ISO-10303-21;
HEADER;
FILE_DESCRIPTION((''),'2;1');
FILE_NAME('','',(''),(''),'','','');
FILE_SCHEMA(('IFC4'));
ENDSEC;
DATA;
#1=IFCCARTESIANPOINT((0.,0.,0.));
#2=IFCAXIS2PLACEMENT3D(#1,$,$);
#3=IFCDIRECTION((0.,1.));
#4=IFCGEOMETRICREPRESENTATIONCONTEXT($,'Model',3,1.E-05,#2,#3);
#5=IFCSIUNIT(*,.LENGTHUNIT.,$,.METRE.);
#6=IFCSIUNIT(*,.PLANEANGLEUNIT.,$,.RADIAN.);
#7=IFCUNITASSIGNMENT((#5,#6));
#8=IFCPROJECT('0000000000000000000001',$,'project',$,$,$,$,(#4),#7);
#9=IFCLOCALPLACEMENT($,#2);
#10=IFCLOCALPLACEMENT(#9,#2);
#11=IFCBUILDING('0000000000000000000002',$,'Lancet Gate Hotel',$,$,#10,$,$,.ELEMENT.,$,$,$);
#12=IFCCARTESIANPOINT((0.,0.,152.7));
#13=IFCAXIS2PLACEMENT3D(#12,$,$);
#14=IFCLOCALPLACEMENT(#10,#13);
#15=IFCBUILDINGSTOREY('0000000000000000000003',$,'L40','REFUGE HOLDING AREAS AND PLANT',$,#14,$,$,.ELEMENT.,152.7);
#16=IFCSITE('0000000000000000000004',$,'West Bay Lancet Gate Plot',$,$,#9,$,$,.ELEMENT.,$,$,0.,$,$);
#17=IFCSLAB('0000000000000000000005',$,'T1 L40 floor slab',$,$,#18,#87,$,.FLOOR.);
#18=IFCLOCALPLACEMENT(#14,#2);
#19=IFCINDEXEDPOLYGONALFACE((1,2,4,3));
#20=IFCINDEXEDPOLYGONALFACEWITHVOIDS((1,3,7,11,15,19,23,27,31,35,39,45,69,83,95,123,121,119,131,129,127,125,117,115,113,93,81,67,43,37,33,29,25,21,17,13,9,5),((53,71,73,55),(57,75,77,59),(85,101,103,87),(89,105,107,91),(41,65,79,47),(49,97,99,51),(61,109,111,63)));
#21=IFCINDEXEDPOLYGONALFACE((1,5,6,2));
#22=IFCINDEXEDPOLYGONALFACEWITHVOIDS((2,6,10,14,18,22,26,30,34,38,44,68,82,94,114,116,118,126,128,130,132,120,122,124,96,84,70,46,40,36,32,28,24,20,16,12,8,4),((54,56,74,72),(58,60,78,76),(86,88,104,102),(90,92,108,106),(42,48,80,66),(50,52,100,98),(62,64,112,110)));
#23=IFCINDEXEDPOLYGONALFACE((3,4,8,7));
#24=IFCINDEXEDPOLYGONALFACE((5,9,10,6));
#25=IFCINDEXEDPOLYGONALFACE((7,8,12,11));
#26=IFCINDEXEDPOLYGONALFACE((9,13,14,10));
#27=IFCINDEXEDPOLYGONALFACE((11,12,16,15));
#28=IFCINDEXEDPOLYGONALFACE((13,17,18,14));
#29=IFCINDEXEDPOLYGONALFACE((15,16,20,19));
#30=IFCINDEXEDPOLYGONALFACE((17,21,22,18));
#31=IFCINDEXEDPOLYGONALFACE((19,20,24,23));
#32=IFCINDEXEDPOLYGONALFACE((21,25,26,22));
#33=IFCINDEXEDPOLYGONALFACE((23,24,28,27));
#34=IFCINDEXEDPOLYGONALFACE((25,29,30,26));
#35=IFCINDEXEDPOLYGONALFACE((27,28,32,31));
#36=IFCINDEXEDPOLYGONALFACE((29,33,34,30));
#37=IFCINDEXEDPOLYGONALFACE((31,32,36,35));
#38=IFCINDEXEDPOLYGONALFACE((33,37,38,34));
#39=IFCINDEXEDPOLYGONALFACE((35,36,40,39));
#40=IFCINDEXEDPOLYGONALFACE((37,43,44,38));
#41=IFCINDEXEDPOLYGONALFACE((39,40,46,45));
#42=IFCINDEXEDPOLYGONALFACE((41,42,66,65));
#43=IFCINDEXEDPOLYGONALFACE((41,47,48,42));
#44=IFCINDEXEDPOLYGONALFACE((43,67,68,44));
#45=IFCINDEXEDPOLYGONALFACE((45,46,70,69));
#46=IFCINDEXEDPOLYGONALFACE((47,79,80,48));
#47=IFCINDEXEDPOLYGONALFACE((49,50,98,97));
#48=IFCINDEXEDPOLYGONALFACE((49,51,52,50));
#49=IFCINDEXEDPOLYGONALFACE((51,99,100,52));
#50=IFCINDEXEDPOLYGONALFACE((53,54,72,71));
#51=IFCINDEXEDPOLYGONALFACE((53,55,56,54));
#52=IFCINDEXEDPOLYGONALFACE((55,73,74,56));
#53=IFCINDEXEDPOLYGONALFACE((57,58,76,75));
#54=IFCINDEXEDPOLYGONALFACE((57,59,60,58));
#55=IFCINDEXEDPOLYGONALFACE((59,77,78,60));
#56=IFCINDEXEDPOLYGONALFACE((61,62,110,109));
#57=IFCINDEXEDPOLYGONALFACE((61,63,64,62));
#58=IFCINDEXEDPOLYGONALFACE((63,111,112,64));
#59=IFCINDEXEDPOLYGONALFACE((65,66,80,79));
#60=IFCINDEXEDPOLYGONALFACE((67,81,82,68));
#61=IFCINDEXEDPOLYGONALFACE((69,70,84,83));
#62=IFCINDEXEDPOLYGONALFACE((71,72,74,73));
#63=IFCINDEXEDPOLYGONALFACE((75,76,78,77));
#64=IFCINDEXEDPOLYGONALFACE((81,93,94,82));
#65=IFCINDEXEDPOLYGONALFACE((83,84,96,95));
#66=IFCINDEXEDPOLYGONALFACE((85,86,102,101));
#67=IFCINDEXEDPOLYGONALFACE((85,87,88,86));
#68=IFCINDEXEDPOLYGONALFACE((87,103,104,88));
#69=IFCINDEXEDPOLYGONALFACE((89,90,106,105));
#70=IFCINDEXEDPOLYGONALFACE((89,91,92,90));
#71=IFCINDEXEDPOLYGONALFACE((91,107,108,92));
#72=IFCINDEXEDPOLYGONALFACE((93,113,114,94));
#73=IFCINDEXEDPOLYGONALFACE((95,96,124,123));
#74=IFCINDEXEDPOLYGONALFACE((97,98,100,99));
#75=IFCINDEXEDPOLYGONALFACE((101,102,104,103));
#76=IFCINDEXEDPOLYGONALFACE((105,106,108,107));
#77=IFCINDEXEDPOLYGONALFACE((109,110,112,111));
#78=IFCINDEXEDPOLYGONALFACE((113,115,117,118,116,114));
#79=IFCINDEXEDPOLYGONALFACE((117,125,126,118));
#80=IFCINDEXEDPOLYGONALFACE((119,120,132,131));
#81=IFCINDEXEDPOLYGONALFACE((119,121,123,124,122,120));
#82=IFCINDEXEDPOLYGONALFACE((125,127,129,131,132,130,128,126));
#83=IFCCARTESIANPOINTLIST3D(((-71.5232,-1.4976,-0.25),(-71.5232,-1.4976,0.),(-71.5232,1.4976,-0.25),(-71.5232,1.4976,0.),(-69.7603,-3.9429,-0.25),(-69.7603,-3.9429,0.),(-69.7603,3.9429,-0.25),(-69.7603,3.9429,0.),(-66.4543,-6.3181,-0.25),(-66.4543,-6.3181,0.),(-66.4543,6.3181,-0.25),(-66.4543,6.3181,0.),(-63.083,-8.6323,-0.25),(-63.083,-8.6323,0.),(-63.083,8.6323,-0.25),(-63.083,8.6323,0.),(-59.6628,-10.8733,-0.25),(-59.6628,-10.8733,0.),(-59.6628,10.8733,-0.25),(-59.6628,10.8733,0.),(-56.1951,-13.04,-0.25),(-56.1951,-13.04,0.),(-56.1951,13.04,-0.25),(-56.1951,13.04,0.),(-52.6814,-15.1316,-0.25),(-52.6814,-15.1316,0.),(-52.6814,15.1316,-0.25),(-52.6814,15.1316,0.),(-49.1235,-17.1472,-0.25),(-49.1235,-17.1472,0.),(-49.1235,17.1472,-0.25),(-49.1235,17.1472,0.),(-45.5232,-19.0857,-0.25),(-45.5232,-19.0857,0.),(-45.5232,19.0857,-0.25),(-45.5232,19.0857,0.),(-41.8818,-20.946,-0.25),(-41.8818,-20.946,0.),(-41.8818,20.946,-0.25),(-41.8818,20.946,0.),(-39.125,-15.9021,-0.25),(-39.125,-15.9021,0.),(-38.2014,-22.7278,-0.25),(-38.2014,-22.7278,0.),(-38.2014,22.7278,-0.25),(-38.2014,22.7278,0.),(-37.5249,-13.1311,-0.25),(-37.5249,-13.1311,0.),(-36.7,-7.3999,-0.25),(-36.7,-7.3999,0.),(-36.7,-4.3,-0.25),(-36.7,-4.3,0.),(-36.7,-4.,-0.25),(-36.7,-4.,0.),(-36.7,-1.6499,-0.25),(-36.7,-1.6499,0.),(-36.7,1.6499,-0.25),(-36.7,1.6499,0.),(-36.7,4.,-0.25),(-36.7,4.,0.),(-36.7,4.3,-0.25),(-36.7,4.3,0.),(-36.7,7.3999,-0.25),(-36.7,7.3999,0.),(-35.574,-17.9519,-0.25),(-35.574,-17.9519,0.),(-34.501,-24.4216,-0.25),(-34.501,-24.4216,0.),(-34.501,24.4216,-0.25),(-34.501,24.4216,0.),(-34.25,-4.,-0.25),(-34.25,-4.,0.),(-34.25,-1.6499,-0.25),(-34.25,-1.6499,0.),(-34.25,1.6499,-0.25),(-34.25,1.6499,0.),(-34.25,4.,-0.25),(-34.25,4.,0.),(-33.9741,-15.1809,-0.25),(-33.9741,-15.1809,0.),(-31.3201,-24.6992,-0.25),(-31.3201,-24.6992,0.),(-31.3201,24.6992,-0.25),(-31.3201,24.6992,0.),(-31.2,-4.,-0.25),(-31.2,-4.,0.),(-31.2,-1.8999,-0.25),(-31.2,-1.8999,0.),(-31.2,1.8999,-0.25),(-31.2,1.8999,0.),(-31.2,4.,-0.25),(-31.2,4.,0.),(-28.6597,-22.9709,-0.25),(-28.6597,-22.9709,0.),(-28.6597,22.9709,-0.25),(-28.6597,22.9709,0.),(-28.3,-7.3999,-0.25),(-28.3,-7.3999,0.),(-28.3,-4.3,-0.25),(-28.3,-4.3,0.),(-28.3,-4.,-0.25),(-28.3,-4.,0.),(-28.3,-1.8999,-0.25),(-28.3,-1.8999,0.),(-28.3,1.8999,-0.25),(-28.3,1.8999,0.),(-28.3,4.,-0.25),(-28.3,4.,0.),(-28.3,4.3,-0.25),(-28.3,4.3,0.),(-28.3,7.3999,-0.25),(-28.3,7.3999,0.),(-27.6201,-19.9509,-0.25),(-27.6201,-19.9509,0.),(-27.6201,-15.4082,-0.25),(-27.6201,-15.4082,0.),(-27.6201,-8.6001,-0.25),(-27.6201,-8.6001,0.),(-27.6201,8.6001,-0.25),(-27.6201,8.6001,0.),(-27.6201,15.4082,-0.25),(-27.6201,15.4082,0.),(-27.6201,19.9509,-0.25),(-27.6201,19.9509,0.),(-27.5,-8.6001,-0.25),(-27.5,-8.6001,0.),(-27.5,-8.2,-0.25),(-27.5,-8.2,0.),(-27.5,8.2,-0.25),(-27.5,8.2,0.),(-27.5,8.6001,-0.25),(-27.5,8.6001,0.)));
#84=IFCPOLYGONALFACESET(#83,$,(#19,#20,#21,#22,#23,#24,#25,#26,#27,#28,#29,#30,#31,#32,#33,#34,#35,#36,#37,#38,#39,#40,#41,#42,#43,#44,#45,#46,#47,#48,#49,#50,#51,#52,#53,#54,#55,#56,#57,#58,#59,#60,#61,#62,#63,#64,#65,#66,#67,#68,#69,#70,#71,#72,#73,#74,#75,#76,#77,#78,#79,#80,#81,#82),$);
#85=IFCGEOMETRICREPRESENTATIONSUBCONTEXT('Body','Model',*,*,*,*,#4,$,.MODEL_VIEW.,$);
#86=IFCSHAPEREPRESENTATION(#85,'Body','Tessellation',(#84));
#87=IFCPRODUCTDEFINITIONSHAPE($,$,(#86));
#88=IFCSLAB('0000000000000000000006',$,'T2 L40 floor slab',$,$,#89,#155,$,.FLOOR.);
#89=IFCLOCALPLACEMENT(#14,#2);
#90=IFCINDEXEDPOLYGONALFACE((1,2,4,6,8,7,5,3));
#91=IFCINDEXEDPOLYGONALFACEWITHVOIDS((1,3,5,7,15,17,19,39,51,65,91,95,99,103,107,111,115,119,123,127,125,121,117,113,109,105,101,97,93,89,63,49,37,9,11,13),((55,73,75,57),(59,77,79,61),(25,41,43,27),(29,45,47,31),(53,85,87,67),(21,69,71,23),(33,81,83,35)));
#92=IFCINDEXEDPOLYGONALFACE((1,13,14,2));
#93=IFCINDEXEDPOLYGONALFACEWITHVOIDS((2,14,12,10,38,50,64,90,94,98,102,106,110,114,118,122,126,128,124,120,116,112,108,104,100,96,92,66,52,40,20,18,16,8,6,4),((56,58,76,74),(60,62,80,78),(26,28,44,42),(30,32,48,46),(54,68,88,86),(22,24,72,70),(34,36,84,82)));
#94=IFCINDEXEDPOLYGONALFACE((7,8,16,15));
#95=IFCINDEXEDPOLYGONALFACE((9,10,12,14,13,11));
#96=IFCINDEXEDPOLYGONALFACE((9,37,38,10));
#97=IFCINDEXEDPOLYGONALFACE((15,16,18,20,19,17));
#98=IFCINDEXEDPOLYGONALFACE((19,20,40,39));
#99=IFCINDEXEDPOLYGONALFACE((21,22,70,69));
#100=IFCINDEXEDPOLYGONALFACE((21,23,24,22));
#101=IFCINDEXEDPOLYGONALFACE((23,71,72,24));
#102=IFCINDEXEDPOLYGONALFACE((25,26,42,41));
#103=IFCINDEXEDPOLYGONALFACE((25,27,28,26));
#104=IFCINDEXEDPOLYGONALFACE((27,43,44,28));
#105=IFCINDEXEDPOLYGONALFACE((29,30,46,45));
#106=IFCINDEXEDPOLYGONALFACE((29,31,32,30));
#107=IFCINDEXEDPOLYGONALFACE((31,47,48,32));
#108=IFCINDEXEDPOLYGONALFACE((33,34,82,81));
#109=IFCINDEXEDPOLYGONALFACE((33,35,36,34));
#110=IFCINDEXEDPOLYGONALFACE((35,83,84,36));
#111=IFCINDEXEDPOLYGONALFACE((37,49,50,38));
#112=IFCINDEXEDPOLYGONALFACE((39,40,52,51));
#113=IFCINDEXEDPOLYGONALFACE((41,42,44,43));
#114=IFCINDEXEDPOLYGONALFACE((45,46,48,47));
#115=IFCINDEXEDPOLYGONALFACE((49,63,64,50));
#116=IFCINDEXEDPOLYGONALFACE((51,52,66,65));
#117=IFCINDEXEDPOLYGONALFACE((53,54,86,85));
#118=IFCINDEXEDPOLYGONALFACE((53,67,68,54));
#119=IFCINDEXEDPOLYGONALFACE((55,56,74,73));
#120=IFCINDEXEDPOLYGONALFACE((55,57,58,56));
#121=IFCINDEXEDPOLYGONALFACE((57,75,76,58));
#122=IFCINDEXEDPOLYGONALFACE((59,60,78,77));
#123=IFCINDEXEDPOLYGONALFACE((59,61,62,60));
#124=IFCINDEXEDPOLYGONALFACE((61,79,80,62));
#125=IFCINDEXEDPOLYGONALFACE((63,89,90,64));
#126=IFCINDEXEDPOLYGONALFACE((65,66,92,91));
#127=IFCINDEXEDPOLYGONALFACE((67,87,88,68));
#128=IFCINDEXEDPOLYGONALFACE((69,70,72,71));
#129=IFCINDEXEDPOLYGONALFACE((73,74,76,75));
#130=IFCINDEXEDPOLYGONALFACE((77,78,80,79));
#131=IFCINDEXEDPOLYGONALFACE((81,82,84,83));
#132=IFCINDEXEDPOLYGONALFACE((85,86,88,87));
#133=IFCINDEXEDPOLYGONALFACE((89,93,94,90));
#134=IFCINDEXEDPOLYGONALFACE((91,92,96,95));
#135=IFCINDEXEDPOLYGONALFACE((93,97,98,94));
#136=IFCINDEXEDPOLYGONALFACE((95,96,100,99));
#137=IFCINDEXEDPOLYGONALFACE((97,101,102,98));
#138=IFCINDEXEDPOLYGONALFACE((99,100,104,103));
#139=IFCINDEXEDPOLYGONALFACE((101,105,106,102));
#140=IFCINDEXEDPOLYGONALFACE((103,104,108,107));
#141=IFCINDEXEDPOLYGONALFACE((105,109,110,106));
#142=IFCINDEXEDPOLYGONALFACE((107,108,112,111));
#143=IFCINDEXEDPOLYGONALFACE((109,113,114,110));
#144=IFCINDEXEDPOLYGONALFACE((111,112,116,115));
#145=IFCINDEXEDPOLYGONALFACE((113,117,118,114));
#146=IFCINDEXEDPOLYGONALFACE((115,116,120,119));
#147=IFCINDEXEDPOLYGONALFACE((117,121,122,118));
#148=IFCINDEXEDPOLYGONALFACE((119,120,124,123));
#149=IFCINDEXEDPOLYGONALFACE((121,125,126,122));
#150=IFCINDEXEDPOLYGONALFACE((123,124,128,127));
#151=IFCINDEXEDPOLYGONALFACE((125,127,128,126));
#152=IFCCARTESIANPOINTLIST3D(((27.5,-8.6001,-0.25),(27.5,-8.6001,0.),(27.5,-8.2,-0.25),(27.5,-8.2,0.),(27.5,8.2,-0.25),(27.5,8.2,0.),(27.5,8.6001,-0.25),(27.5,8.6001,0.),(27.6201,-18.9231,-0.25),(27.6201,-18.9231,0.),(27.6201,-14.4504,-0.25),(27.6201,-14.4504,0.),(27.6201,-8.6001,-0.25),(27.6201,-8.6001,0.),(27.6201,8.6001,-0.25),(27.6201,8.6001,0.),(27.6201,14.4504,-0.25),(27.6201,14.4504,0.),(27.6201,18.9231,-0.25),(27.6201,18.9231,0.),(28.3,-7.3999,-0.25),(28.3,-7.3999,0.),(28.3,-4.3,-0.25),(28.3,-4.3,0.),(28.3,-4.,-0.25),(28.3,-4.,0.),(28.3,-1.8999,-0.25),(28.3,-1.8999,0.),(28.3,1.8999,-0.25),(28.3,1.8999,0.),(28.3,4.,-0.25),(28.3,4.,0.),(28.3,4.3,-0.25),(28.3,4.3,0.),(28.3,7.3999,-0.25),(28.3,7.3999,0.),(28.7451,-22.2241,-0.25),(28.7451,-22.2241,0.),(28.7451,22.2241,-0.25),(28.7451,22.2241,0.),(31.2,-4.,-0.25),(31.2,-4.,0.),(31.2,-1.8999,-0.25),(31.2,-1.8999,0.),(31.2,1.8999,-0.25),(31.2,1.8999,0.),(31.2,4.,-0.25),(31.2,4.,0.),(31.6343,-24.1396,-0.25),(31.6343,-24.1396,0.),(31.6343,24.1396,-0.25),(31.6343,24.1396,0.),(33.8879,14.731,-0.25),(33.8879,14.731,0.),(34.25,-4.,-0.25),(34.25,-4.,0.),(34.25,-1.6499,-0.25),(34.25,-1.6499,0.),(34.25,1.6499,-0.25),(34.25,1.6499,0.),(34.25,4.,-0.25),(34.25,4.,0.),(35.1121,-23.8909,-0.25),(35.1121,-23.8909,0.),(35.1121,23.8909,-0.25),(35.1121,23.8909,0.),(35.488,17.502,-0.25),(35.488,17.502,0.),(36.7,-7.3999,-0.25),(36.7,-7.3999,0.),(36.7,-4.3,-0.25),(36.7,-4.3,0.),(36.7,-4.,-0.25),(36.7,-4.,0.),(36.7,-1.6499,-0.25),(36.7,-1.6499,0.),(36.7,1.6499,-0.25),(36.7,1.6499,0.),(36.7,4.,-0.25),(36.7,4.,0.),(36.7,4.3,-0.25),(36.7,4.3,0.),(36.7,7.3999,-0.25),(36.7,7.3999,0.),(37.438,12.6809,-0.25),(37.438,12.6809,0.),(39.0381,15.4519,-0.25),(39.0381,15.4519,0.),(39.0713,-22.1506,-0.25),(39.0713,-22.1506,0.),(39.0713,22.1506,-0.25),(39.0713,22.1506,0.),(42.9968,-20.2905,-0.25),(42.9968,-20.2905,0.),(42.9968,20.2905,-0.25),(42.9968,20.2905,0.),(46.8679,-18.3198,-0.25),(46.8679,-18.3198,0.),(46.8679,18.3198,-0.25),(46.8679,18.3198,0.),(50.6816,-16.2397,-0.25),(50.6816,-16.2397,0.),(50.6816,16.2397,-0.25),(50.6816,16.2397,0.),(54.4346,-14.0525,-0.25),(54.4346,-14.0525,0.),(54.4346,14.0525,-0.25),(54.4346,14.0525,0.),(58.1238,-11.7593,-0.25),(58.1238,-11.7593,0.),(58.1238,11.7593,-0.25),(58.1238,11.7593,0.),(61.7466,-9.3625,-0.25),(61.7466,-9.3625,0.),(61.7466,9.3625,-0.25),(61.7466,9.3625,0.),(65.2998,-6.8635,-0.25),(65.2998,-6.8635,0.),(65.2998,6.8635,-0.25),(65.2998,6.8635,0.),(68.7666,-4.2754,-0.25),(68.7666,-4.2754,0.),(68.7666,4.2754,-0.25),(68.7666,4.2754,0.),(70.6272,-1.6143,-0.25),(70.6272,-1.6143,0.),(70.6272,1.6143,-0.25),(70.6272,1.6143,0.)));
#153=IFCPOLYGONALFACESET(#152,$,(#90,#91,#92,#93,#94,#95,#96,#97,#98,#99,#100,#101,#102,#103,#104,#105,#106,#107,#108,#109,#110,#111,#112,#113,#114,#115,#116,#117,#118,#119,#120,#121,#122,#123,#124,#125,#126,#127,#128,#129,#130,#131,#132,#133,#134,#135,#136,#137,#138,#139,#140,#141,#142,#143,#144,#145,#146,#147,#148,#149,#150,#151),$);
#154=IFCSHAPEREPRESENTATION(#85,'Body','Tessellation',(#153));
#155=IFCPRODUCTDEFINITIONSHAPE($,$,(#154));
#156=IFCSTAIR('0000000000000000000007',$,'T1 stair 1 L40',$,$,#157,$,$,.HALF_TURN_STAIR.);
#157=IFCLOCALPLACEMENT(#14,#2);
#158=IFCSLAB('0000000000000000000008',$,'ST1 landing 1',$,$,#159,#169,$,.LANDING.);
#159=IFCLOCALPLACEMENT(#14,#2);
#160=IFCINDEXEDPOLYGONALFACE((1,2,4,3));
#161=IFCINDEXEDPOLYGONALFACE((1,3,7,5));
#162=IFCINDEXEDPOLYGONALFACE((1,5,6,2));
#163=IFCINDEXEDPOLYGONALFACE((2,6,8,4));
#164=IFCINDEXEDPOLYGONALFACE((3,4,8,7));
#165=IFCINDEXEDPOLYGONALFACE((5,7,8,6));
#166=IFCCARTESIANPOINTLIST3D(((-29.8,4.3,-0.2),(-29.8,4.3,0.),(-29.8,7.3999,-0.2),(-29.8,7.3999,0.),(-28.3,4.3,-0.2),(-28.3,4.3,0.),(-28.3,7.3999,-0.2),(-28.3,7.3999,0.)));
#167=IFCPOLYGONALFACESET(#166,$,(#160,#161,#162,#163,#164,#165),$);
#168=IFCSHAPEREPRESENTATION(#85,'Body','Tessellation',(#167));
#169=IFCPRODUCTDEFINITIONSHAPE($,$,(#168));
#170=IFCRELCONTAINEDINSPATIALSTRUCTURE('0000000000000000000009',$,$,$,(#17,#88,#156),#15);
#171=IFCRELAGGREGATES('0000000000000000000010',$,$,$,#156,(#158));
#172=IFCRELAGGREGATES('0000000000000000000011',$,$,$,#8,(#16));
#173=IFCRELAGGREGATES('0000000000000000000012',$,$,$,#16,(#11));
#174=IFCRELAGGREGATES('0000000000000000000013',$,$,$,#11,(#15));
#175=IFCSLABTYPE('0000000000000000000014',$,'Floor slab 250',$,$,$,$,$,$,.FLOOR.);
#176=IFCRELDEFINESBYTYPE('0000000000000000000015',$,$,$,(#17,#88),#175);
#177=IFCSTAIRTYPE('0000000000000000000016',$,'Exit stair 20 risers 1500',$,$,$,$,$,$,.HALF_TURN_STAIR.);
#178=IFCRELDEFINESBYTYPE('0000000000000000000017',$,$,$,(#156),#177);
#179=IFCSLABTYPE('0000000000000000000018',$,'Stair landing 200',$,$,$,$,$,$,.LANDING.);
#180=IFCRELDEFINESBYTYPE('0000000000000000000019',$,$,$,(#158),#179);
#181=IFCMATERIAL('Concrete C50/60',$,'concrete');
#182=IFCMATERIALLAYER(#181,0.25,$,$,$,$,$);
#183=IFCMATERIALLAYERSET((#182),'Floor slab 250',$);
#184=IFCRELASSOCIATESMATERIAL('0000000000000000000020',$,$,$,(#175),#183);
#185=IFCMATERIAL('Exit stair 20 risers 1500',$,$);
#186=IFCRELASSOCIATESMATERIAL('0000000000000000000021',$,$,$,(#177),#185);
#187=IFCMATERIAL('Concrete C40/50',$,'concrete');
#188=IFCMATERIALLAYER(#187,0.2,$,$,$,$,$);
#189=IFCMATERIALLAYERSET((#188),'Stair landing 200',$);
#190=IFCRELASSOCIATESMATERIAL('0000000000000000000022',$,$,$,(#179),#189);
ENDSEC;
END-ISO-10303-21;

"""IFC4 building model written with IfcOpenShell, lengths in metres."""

from ifc_helpers import new_model, si_unit, direction, frame, origin, place, context, subcontext, project, spatial, polyline, outline, extrude, material, layer, layer_set, type_object, element, aggregate, save


model = new_model("IFC4")

# Units and contexts
model_context = context("Model", 3, precision=1e-05, world=origin(), true_north=direction((0.0, 1.0)))
body_context = subcontext(model_context, "Body", "Model", "MODEL_VIEW")
ifc_project = project(units=[si_unit("LENGTHUNIT", "METRE"), si_unit("PLANEANGLEUNIT", "RADIAN")], contexts=[model_context])

# Site, building, storey
site_placement = place(None, origin())
site = spatial("IfcSite", under=ifc_project, at=site_placement, Name="West Bay Lancet Gate Plot", CompositionType="ELEMENT", RefElevation=0.0)
building_placement = place(site_placement, origin())
building = spatial("IfcBuilding", under=site, at=building_placement, Name="Lancet Gate Hotel", CompositionType="ELEMENT")
storey_placement = place(building_placement, frame((0.0, 0.0, 152.7)))
storey = spatial("IfcBuildingStorey", under=building, at=storey_placement, Name="L40", Description="REFUGE HOLDING AREAS AND PLANT", CompositionType="ELEMENT", Elevation=152.7)

# Slabs
ifc_material_1 = material(Name="Concrete C50/60", Category="concrete")
ifc_layer_1 = layer(ifc_material_1, 0.25)
ifc_layer_set_1 = layer_set([ifc_layer_1], Name="Floor slab 250")
slab_type_1 = type_object("IfcSlabType", Name="Floor slab 250", PredefinedType="FLOOR", material=ifc_layer_set_1)
slab_1_placement = place(storey_placement, frame((0.0, 0.0, -0.25)))
element("IfcSlab", 1, at=slab_1_placement, inside=storey, type_object=slab_type_1, Name="T1 L40 floor slab", PredefinedType="FLOOR", context=body_context, shape_type="SweptSolid", body=[
    extrude(outline(polyline([(-27.5, 8.2), (-27.5, 8.6001), (-27.6201, 8.6001), (-27.6201, 15.4082), (-27.6201, 19.9509), (-28.6597, 22.9709), (-31.3201, 24.6992), (-34.501, 24.4216), (-38.2014, 22.7278), (-41.8818, 20.946), (-45.5232, 19.0857), (-49.1235, 17.1472), (-52.6814, 15.1316), (-56.1951, 13.04), (-59.6628, 10.8733), (-63.083, 8.6323), (-66.4543, 6.3181), (-69.7603, 3.9429), (-71.5232, 1.4976), (-71.5232, -1.4976), (-69.7603, -3.9429), (-66.4543, -6.3181), (-63.083, -8.6323), (-59.6628, -10.8733), (-56.1951, -13.04), (-52.6814, -15.1316), (-49.1235, -17.1472), (-45.5232, -19.0857), (-41.8818, -20.946), (-38.2014, -22.7278), (-34.501, -24.4216), (-31.3201, -24.6992), (-28.6597, -22.9709), (-27.6201, -19.9509), (-27.6201, -15.4082), (-27.6201, -8.6001), (-27.5, -8.6001), (-27.5, -8.2), (-27.5, 8.2)]), holes=[polyline([(-36.7, 4.3), (-28.3, 4.3), (-28.3, 7.3999), (-36.7, 7.3999), (-36.7, 4.3)]), polyline([(-31.2, 4.0), (-31.2, 1.8999), (-28.3, 1.8999), (-28.3, 4.0), (-31.2, 4.0)]), polyline([(-36.7, 4.0), (-36.7, 1.6499), (-34.25, 1.6499), (-34.25, 4.0), (-36.7, 4.0)]), polyline([(-36.7, -4.0), (-34.25, -4.0), (-34.25, -1.6499), (-36.7, -1.6499), (-36.7, -4.0)]), polyline([(-31.2, -1.8999), (-31.2, -4.0), (-28.3, -4.0), (-28.3, -1.8999), (-31.2, -1.8999)]), polyline([(-36.7, -4.3), (-36.7, -7.3999), (-28.3, -7.3999), (-28.3, -4.3), (-36.7, -4.3)]), polyline([(-37.5249, -13.1311), (-39.125, -15.9021), (-35.574, -17.9519), (-33.9741, -15.1809), (-37.5249, -13.1311)])]), origin(), (0.0, 0.0, 1.0), 0.25),
])
slab_2_placement = place(storey_placement, frame((0.0, 0.0, -0.25)))
element("IfcSlab", 2, at=slab_2_placement, inside=storey, type_object=slab_type_1, Name="T2 L40 floor slab", PredefinedType="FLOOR", context=body_context, shape_type="SweptSolid", body=[
    extrude(outline(polyline([(27.5, -8.2), (27.5, -8.6001), (27.6201, -8.6001), (27.6201, -14.4504), (27.6201, -18.9231), (28.7451, -22.2241), (31.6343, -24.1396), (35.1121, -23.8909), (39.0713, -22.1506), (42.9968, -20.2905), (46.8679, -18.3198), (50.6816, -16.2397), (54.4346, -14.0525), (58.1238, -11.7593), (61.7466, -9.3625), (65.2998, -6.8635), (68.7666, -4.2754), (70.6272, -1.6143), (70.6272, 1.6143), (68.7666, 4.2754), (65.2998, 6.8635), (61.7466, 9.3625), (58.1238, 11.7593), (54.4346, 14.0525), (50.6816, 16.2397), (46.8679, 18.3198), (42.9968, 20.2905), (39.0713, 22.1506), (35.1121, 23.8909), (31.6343, 24.1396), (28.7451, 22.2241), (27.6201, 18.9231), (27.6201, 14.4504), (27.6201, 8.6001), (27.5, 8.6001), (27.5, 8.2), (27.5, -8.2)]), holes=[polyline([(36.7, -4.3), (28.3, -4.3), (28.3, -7.3999), (36.7, -7.3999), (36.7, -4.3)]), polyline([(31.2, -4.0), (31.2, -1.8999), (28.3, -1.8999), (28.3, -4.0), (31.2, -4.0)]), polyline([(36.7, -4.0), (36.7, -1.6499), (34.25, -1.6499), (34.25, -4.0), (36.7, -4.0)]), polyline([(36.7, 4.0), (34.25, 4.0), (34.25, 1.6499), (36.7, 1.6499), (36.7, 4.0)]), polyline([(31.2, 1.8999), (31.2, 4.0), (28.3, 4.0), (28.3, 1.8999), (31.2, 1.8999)]), polyline([(36.7, 4.3), (36.7, 7.3999), (28.3, 7.3999), (28.3, 4.3), (36.7, 4.3)]), polyline([(37.438, 12.6809), (39.0381, 15.4519), (35.488, 17.502), (33.8879, 14.731), (37.438, 12.6809)])]), origin(), (0.0, 0.0, 1.0), 0.25),
])

# Stair, slab
ifc_material_2 = material(Name="Exit stair 20 risers 1500")
stair_type = type_object("IfcStairType", Name="Exit stair 20 risers 1500", PredefinedType="HALF_TURN_STAIR", material=ifc_material_2)
stair_1_placement = place(storey_placement, origin())
stair_1 = element("IfcStair", 3, at=stair_1_placement, inside=storey, type_object=stair_type, Name="T1 stair 1 L40", PredefinedType="HALF_TURN_STAIR")
ifc_material_3 = material(Name="Concrete C40/50", Category="concrete")
ifc_layer_2 = layer(ifc_material_3, 0.2)
ifc_layer_set_2 = layer_set([ifc_layer_2], Name="Stair landing 200")
slab_type_2 = type_object("IfcSlabType", Name="Stair landing 200", PredefinedType="LANDING", material=ifc_layer_set_2)
slab_3_placement = place(storey_placement, frame((0.0, 0.0, -0.2)))
slab_3 = element("IfcSlab", 4, at=slab_3_placement, type_object=slab_type_2, Name="ST1 landing 1", PredefinedType="LANDING", context=body_context, shape_type="SweptSolid", body=[
    extrude(outline(polyline([(-28.3, 7.3999), (-29.8, 7.3999), (-29.8, 4.3), (-28.3, 4.3), (-28.3, 7.3999)])), origin(), (0.0, 0.0, 1.0), 0.2),
])
aggregate(stair_1, [slab_3])

save(model, "model.ifc")
